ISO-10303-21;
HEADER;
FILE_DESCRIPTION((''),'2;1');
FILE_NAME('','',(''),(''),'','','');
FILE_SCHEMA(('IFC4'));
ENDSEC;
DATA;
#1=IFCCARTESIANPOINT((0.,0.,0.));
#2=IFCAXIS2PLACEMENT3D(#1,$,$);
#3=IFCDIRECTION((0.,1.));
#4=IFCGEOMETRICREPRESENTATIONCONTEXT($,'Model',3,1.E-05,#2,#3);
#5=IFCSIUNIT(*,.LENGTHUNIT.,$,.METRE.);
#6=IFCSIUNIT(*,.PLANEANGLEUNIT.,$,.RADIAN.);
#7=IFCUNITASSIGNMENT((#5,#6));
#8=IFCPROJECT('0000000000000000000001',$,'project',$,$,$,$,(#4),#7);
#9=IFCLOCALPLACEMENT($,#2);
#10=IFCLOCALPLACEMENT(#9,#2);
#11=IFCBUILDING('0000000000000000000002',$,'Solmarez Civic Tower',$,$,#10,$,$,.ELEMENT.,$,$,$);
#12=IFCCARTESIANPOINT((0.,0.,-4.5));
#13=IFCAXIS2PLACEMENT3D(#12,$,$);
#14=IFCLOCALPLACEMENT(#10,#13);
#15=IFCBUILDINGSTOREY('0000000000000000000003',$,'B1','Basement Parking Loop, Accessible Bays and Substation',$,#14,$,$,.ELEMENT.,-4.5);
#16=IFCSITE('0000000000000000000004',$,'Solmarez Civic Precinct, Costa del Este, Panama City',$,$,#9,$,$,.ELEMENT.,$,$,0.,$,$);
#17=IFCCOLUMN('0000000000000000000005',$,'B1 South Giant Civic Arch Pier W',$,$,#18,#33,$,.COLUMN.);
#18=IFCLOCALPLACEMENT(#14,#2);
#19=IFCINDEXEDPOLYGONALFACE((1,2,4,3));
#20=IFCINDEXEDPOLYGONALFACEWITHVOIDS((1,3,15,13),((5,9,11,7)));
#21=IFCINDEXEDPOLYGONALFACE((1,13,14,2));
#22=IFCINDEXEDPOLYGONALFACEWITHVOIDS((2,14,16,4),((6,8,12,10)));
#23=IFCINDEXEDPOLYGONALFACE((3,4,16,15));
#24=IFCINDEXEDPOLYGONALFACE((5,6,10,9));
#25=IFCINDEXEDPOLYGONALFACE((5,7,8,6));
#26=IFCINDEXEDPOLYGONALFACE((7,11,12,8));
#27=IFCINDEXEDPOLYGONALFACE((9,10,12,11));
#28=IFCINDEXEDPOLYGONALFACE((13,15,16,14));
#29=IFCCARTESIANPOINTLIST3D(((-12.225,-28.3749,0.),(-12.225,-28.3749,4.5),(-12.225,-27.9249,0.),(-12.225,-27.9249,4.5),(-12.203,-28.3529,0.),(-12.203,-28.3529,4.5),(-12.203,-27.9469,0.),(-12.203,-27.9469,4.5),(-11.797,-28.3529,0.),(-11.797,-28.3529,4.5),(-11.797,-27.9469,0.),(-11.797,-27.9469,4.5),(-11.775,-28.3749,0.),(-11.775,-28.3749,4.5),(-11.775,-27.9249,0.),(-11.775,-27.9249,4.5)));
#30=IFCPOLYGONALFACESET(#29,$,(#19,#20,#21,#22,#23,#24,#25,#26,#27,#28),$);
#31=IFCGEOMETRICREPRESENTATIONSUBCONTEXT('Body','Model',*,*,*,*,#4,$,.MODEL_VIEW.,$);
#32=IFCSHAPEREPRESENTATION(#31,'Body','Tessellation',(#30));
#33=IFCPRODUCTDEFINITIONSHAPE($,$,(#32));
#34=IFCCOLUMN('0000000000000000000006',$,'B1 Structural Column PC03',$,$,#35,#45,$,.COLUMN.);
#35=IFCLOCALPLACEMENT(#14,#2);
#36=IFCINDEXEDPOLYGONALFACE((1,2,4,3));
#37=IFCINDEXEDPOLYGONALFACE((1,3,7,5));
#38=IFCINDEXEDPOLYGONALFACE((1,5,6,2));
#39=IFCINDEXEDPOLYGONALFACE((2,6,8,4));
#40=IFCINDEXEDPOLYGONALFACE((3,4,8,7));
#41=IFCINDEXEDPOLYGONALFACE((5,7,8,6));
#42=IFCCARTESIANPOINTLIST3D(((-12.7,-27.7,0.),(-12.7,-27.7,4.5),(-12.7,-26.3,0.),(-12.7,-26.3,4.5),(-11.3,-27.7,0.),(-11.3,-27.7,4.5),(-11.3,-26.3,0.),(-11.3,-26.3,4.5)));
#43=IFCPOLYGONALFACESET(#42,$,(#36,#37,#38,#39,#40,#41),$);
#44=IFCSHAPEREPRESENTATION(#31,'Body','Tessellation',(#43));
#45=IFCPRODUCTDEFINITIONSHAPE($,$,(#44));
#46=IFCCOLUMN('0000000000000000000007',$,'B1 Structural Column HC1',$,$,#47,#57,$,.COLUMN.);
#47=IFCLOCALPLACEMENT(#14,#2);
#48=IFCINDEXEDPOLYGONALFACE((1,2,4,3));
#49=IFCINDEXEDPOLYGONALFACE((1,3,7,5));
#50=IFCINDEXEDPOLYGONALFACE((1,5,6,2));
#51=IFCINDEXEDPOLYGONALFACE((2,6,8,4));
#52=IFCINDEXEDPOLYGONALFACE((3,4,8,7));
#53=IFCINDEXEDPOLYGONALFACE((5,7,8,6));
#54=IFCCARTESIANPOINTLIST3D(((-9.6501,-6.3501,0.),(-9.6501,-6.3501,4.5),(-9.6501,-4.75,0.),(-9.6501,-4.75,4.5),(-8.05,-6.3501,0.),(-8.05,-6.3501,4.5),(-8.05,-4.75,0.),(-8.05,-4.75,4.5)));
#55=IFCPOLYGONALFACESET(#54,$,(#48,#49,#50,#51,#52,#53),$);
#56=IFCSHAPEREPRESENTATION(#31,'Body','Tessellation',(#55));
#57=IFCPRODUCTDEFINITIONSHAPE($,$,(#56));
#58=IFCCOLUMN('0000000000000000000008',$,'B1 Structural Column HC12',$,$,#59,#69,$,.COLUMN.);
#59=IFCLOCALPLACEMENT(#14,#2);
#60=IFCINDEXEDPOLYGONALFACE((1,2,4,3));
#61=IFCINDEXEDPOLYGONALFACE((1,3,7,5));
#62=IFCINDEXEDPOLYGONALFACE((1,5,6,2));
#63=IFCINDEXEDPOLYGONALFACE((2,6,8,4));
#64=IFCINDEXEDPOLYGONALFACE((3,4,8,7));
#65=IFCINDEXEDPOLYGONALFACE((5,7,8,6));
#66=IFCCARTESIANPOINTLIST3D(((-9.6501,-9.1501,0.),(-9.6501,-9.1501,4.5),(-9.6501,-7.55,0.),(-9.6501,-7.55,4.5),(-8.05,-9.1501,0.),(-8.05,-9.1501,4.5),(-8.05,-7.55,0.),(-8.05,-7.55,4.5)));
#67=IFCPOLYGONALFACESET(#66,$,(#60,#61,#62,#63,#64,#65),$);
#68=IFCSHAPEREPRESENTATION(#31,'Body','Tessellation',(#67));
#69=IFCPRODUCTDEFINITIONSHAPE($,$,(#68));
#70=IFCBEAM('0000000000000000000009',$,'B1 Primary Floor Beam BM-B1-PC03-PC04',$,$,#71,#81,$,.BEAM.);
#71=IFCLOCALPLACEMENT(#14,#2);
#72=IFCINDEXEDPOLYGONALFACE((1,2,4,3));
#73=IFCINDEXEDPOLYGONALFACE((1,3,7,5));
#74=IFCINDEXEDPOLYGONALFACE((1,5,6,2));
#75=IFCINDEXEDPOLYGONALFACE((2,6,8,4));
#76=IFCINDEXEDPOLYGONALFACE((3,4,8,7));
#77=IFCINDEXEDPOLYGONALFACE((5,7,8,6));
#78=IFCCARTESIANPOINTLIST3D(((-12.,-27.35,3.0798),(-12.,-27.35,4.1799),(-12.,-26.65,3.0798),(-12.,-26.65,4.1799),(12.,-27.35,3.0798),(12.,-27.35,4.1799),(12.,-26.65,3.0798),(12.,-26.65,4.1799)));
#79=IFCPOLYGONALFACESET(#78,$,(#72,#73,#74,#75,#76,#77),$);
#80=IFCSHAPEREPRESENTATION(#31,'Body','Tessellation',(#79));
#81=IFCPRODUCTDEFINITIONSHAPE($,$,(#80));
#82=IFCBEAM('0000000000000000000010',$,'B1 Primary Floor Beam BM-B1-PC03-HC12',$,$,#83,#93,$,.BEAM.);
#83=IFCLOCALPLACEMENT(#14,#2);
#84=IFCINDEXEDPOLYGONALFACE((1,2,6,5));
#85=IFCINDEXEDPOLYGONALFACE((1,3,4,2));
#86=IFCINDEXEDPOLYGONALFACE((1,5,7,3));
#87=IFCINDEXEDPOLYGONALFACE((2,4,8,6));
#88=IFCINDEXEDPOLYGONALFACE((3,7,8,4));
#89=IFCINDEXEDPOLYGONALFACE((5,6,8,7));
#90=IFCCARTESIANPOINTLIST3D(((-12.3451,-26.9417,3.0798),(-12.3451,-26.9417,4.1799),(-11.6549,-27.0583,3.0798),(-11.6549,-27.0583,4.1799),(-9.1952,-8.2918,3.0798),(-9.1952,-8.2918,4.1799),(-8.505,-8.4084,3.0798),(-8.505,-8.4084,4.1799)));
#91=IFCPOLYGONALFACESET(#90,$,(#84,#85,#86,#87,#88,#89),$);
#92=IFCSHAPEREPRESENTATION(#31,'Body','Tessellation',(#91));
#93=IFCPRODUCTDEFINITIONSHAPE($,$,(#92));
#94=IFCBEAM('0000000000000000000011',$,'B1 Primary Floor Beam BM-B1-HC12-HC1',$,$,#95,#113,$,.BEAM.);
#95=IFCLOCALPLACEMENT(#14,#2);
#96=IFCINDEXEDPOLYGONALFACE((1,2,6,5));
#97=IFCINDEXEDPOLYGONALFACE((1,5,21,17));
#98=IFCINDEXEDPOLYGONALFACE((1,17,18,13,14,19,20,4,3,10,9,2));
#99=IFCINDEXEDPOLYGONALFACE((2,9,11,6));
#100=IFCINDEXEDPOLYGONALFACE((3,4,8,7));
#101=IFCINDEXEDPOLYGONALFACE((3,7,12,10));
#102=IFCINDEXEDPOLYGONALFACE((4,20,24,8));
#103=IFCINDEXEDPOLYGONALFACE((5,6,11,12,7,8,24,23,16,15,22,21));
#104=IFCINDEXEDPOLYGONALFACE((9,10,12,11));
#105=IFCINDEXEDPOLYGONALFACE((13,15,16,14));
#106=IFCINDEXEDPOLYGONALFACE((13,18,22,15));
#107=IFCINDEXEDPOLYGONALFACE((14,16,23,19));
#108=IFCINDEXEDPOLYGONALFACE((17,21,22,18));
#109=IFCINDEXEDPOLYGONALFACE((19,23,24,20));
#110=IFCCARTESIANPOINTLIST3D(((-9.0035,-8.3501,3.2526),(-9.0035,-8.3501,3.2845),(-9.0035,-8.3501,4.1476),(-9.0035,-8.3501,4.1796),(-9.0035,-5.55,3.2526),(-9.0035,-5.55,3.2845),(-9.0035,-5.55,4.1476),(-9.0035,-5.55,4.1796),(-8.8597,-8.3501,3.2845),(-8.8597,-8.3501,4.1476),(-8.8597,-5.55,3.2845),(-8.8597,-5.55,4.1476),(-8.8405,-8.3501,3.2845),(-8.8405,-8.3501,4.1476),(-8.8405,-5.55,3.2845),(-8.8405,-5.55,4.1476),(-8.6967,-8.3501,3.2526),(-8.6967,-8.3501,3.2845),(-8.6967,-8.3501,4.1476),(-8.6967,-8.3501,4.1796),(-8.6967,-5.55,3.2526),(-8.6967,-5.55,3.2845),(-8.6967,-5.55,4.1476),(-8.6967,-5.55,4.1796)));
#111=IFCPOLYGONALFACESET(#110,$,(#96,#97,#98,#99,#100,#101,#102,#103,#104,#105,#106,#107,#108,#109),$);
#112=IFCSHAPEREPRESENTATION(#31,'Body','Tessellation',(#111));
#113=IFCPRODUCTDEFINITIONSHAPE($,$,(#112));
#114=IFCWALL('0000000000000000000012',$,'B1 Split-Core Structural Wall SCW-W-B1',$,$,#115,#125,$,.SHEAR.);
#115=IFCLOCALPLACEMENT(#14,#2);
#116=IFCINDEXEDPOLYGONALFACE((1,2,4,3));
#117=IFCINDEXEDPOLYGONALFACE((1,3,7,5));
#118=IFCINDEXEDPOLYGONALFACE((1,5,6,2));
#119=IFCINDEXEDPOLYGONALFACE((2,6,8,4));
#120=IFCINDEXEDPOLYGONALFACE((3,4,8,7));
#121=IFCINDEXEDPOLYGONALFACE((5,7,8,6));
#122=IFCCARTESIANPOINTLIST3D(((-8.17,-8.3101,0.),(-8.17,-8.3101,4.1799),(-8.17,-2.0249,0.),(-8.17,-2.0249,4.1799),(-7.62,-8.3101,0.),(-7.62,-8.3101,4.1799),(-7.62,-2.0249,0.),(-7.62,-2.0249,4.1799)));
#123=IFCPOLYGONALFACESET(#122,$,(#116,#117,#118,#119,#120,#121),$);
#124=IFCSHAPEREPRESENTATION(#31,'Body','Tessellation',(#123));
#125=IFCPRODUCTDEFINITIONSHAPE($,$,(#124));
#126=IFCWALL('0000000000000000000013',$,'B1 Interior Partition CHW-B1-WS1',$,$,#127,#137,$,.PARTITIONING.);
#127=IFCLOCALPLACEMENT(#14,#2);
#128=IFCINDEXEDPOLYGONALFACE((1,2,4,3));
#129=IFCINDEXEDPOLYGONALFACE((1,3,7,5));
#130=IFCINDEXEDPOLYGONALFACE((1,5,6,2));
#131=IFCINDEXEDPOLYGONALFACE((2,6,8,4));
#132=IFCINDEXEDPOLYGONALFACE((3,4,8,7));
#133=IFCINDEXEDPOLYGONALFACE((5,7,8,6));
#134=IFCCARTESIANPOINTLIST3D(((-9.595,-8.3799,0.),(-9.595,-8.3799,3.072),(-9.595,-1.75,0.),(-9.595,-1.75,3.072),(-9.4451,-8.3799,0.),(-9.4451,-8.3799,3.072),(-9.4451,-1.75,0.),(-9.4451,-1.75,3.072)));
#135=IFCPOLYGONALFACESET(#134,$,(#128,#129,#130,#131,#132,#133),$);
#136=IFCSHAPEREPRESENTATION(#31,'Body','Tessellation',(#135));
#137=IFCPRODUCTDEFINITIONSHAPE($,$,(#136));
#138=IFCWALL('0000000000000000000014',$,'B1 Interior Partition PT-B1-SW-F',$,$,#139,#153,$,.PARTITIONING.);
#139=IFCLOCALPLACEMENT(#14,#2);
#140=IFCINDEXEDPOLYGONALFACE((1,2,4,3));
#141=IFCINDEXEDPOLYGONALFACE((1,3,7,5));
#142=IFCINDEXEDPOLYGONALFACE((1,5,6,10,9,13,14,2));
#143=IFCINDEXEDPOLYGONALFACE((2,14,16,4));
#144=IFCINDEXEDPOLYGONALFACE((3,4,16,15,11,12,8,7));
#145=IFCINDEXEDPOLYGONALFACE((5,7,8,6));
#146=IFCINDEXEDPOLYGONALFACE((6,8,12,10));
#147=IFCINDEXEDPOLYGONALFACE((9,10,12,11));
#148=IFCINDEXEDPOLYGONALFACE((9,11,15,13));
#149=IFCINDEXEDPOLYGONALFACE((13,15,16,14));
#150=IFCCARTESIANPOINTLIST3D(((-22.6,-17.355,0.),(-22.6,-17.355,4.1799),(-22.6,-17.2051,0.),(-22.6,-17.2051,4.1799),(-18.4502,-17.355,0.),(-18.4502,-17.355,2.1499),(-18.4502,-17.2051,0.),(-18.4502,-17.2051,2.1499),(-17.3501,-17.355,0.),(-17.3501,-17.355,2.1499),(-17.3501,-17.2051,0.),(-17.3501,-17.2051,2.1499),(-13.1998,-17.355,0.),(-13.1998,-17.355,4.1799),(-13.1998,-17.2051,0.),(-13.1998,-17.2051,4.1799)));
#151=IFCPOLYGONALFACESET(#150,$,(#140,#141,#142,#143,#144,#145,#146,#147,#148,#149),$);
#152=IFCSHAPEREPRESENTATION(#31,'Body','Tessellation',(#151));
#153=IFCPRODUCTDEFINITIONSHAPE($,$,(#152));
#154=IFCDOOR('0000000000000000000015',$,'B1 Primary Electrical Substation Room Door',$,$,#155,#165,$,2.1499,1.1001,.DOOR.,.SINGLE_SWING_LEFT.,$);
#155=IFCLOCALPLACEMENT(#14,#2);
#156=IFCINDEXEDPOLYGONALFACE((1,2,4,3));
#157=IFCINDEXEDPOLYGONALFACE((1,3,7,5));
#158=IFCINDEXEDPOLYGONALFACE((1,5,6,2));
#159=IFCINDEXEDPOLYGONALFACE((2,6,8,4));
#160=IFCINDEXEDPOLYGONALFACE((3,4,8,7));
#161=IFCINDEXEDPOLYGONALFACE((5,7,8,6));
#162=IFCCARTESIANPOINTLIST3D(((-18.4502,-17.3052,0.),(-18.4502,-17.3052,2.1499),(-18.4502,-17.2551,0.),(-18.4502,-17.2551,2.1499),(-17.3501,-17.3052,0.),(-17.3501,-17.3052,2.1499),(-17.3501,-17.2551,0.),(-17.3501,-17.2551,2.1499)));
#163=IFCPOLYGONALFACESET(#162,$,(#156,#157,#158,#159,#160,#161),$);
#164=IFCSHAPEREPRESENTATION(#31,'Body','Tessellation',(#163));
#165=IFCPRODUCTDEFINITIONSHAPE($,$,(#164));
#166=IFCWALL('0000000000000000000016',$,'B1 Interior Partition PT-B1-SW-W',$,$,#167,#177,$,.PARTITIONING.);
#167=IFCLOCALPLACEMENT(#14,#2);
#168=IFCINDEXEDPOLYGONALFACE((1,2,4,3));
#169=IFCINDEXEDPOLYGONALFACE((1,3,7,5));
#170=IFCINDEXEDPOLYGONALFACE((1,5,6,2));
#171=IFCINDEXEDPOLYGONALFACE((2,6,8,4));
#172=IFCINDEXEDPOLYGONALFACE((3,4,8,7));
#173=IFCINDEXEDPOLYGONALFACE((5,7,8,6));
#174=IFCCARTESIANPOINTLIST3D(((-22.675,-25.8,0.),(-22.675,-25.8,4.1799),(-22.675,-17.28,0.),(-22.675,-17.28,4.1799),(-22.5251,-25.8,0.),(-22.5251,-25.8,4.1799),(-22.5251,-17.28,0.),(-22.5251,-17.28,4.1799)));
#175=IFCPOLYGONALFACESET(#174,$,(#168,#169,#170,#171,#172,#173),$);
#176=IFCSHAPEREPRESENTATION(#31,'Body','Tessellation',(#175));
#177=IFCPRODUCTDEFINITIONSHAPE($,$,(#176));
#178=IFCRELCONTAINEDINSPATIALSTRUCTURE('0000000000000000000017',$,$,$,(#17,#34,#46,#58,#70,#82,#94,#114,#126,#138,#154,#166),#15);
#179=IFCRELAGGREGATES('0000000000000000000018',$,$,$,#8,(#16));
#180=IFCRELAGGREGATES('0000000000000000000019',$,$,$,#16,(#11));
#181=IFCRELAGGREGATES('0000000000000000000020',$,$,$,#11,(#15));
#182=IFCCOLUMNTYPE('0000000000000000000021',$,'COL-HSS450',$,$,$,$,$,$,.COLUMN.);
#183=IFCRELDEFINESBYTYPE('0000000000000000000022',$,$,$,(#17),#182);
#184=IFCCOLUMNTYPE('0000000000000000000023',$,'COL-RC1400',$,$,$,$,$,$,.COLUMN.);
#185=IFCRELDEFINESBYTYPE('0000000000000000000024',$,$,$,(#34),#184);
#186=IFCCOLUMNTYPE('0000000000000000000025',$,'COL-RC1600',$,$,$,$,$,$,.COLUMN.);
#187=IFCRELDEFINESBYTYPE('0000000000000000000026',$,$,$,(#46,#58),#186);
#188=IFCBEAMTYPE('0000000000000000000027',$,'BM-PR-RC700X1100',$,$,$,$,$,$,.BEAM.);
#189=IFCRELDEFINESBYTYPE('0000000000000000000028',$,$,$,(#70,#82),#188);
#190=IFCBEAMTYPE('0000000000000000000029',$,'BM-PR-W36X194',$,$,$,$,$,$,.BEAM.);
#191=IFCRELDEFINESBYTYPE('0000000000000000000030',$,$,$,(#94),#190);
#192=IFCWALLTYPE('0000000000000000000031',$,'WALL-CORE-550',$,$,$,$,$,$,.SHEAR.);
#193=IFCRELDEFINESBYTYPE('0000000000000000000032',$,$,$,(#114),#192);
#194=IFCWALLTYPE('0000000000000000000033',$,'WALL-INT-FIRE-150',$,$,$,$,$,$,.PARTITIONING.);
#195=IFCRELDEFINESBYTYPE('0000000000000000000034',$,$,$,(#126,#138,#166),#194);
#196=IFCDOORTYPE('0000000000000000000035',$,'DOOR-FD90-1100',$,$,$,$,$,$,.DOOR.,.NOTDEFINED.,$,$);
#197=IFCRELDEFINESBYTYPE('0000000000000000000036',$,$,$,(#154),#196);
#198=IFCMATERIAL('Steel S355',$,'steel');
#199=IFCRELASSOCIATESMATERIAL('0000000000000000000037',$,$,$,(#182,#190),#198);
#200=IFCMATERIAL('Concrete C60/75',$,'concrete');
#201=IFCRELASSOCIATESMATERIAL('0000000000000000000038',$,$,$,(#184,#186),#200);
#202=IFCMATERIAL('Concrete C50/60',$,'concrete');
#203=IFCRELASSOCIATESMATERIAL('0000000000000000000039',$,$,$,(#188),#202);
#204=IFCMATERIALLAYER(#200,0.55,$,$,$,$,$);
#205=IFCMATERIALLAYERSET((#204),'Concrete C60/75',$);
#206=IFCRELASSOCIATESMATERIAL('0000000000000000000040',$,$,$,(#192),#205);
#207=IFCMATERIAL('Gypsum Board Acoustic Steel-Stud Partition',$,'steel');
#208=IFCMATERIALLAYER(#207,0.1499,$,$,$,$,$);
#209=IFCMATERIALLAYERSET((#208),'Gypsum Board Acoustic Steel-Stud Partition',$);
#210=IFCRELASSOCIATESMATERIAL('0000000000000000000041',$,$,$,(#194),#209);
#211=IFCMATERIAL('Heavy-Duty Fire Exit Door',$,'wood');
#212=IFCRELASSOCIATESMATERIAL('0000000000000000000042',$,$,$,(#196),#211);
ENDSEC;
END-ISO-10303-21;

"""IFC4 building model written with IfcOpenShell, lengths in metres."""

from ifc_helpers import new_model, si_unit, direction, frame, frame_2d, origin, origin_2d, place, context, subcontext, project, spatial, rectangle, hollow_rectangle, i_section, extrude, material, layer, layer_set, material_profile, profile_set, type_object, element, fill, save


model = new_model("IFC4")

# Units and contexts
model_context = context("Model", 3, precision=1e-05, world=origin(), true_north=direction((0.0, 1.0)))
body_context = subcontext(model_context, "Body", "Model", "MODEL_VIEW")
ifc_project = project(units=[si_unit("LENGTHUNIT", "METRE"), si_unit("PLANEANGLEUNIT", "RADIAN")], contexts=[model_context])

# Site, building, storey
site_placement = place(None, origin())
site = spatial("IfcSite", under=ifc_project, at=site_placement, Name="Solmarez Civic Precinct, Costa del Este, Panama City", CompositionType="ELEMENT", RefElevation=0.0)
building_placement = place(site_placement, origin())
building = spatial("IfcBuilding", under=site, at=building_placement, Name="Solmarez Civic Tower", CompositionType="ELEMENT")
storey_placement = place(building_placement, frame((0.0, 0.0, -4.5)))
storey = spatial("IfcBuildingStorey", under=building, at=storey_placement, Name="B1", Description="Basement Parking Loop, Accessible Bays and Substation", CompositionType="ELEMENT", Elevation=-4.5)

# Columns
ifc_material_1 = material(Name="Steel S355", Category="steel")
ifc_material_profile_1 = material_profile(ifc_material_1, hollow_rectangle(XDim=0.45, YDim=0.45, WallThickness=0.022, at=origin_2d()), Name="HSS450X450X22")
ifc_profile_set_1 = profile_set([ifc_material_profile_1], Name="Steel S355")
column_type_1 = type_object("IfcColumnType", Name="COL-HSS450", PredefinedType="COLUMN", material=ifc_profile_set_1)
column_1_placement = place(storey_placement, frame((-12.0, -28.1499, 0.0), z_axis=(0.0, 0.0, 1.0), x_axis=(1.0, 0.0, 0.0)))
element("IfcColumn", 1, at=column_1_placement, inside=storey, type_object=column_type_1, Name="B1 South Giant Civic Arch Pier W", PredefinedType="COLUMN", context=body_context, shape_type="SweptSolid", body=[
    extrude(hollow_rectangle(XDim=0.45, YDim=0.45, WallThickness=0.022, at=origin_2d()), origin(), (0.0, 0.0, 1.0), 4.5),
])
ifc_material_2 = material(Name="Concrete C60/75", Category="concrete")
ifc_material_profile_2 = material_profile(ifc_material_2, rectangle(XDim=1.3999, YDim=1.3999, at=origin_2d()), Name="RC1400X1400")
ifc_profile_set_2 = profile_set([ifc_material_profile_2], Name="Concrete C60/75")
column_type_2 = type_object("IfcColumnType", Name="COL-RC1400", PredefinedType="COLUMN", material=ifc_profile_set_2)
column_2_placement = place(storey_placement, frame((-12.0, -27.0, 0.0), z_axis=(0.0, 0.0, 1.0), x_axis=(1.0, 0.0, 0.0)))
element("IfcColumn", 2, at=column_2_placement, inside=storey, type_object=column_type_2, Name="B1 Structural Column PC03", PredefinedType="COLUMN", context=body_context, shape_type="SweptSolid", body=[
    extrude(rectangle(XDim=1.3999, YDim=1.3999, at=origin_2d()), origin(), (0.0, 0.0, 1.0), 4.5),
])
ifc_material_profile_3 = material_profile(ifc_material_2, rectangle(XDim=1.6001, YDim=1.6001, at=origin_2d()), Name="RC1600X1600")
ifc_profile_set_3 = profile_set([ifc_material_profile_3], Name="Concrete C60/75")
column_type_3 = type_object("IfcColumnType", Name="COL-RC1600", PredefinedType="COLUMN", material=ifc_profile_set_3)
for number, where, z_axis, x_axis, name in (
    (3, (-8.8501, -5.55, 0.0), (0.0, 0.0, 1.0), (1.0, 0.0, 0.0), "B1 Structural Column HC1"),
    (4, (-8.8501, -8.3501, 0.0), (0.0, 0.0, 1.0), (1.0, 0.0, 0.0), "B1 Structural Column HC12"),
):
    element("IfcColumn", number, at=place(storey_placement, frame(where, z_axis=z_axis, x_axis=x_axis)), inside=storey, type_object=column_type_3, Name=name, PredefinedType="COLUMN", context=body_context, shape_type="SweptSolid", body=[
        extrude(rectangle(XDim=1.6001, YDim=1.6001, at=origin_2d()), origin(), (0.0, 0.0, 1.0), 4.5),
    ])

# Beams
ifc_material_3 = material(Name="Concrete C50/60", Category="concrete")
ifc_material_profile_4 = material_profile(ifc_material_3, rectangle(XDim=0.7, YDim=1.1001, at=origin_2d()), Name="RC700X1100")
ifc_profile_set_4 = profile_set([ifc_material_profile_4], Name="Concrete C50/60")
beam_type_1 = type_object("IfcBeamType", Name="BM-PR-RC700X1100", PredefinedType="BEAM", material=ifc_profile_set_4)
beam_1_placement = place(storey_placement, frame((-12.0, -27.0, 3.6299), z_axis=(1.0, 0.0, 0.0), x_axis=(0.0, 1.0, 0.0)))
element("IfcBeam", 5, at=beam_1_placement, inside=storey, type_object=beam_type_1, Name="B1 Primary Floor Beam BM-B1-PC03-PC04", PredefinedType="BEAM", context=body_context, shape_type="SweptSolid", body=[
    extrude(rectangle(XDim=0.7, YDim=1.1001, at=origin_2d()), origin(), (0.0, 0.0, 1.0), 24.0),
])
beam_2_placement = place(storey_placement, frame((-12.0, -27.0, 3.6299), z_axis=(0.166538, 0.986035, 0.0), x_axis=(-0.986035, 0.166538, 0.0)))
element("IfcBeam", 6, at=beam_2_placement, inside=storey, type_object=beam_type_1, Name="B1 Primary Floor Beam BM-B1-PC03-HC12", PredefinedType="BEAM", context=body_context, shape_type="SweptSolid", body=[
    extrude(rectangle(XDim=0.7, YDim=1.1001, at=origin_2d()), origin(), (0.0, 0.0, 1.0), 18.9141),
])
ifc_material_profile_5 = material_profile(ifc_material_1, i_section(OverallWidth=0.3069, OverallDepth=0.927, WebThickness=0.0193, FlangeThickness=0.032, at=origin_2d()), Name="W36X194")
ifc_profile_set_5 = profile_set([ifc_material_profile_5], Name="Steel S355")
beam_type_2 = type_object("IfcBeamType", Name="BM-PR-W36X194", PredefinedType="BEAM", material=ifc_profile_set_5)
beam_3_placement = place(storey_placement, frame((-8.8501, -8.3501, 3.7161), z_axis=(0.0, 1.0, 0.0), x_axis=(-1.0, 0.0, 0.0)))
element("IfcBeam", 7, at=beam_3_placement, inside=storey, type_object=beam_type_2, Name="B1 Primary Floor Beam BM-B1-HC12-HC1", PredefinedType="BEAM", context=body_context, shape_type="SweptSolid", body=[
    extrude(i_section(OverallWidth=0.3069, OverallDepth=0.927, WebThickness=0.0193, FlangeThickness=0.032, at=origin_2d()), origin(), (0.0, 0.0, 1.0), 2.8),
])

# Walls
ifc_layer_1 = layer(ifc_material_2, 0.55)
ifc_layer_set_1 = layer_set([ifc_layer_1], Name="Concrete C60/75")
wall_type_1 = type_object("IfcWallType", Name="WALL-CORE-550", PredefinedType="SHEAR", material=ifc_layer_set_1)
wall_1_placement = place(storey_placement, frame((-7.895, -8.3101, 0.0), z_axis=(0.0, 0.0, 1.0), x_axis=(0.0, 1.0, 0.0)))
element("IfcWall", 8, at=wall_1_placement, inside=storey, type_object=wall_type_1, Name="B1 Split-Core Structural Wall SCW-W-B1", PredefinedType="SHEAR", context=body_context, shape_type="SweptSolid", body=[
    extrude(rectangle(XDim=6.2852, YDim=0.55, at=frame_2d((3.1426, 0.0))), origin(), (0.0, 0.0, 1.0), 4.1799),
])
ifc_material_4 = material(Name="Gypsum Board Acoustic Steel-Stud Partition", Category="steel")
ifc_layer_2 = layer(ifc_material_4, 0.1499)
ifc_layer_set_2 = layer_set([ifc_layer_2], Name="Gypsum Board Acoustic Steel-Stud Partition")
wall_type_2 = type_object("IfcWallType", Name="WALL-INT-FIRE-150", PredefinedType="PARTITIONING", material=ifc_layer_set_2)
wall_2_placement = place(storey_placement, frame((-9.52, -8.3799, 0.0), z_axis=(0.0, 0.0, 1.0), x_axis=(0.0, 1.0, 0.0)))
element("IfcWall", 9, at=wall_2_placement, inside=storey, type_object=wall_type_2, Name="B1 Interior Partition CHW-B1-WS1", PredefinedType="PARTITIONING", context=body_context, shape_type="SweptSolid", body=[
    extrude(rectangle(XDim=6.6299, YDim=0.1499, at=frame_2d((3.3149, 0.0))), origin(), (0.0, 0.0, 1.0), 3.072),
])

# Wall, opening, door
wall_3_placement = place(storey_placement, frame((-22.6001, -17.28, 0.0), z_axis=(0.0, 0.0, 1.0), x_axis=(1.0, 0.0, 0.0)))
wall_3 = element("IfcWall", 10, at=wall_3_placement, inside=storey, type_object=wall_type_2, Name="B1 Interior Partition PT-B1-SW-F", PredefinedType="PARTITIONING", context=body_context, shape_type="SweptSolid", body=[
    extrude(rectangle(XDim=9.4001, YDim=0.1499, at=frame_2d((4.7002, 0.0))), origin(), (0.0, 0.0, 1.0), 4.1799),
])
opening_placement = place(wall_3_placement, frame((4.1499, 0.0, 0.0)))
opening = element("IfcOpeningElement", 11, at=opening_placement, cuts=wall_3, PredefinedType="OPENING", context=body_context, shape_type="SweptSolid", body=[
    extrude(rectangle(XDim=1.1001, YDim=2.1499, at=frame_2d((0.55, 1.075))), frame((0.0, 0.085, 0.0), z_axis=(0.0, -1.0, 0.0), x_axis=(1.0, 0.0, 0.0)), (0.0, 0.0, 1.0), 0.1699),
])
ifc_material_5 = material(Name="Heavy-Duty Fire Exit Door", Category="wood")
door_type = type_object("IfcDoorType", Name="DOOR-FD90-1100", OperationType="NOTDEFINED", PredefinedType="DOOR", material=ifc_material_5)
door_placement = place(opening_placement, origin())
door = element("IfcDoor", 12, at=door_placement, inside=storey, type_object=door_type, Name="B1 Primary Electrical Substation Room Door", OperationType="SINGLE_SWING_LEFT", OverallHeight=2.1499, OverallWidth=1.1001, PredefinedType="DOOR", context=body_context, shape_type="SweptSolid", body=[
    extrude(rectangle(XDim=1.1001, YDim=2.1499, at=frame_2d((0.55, 1.075))), frame((0.0, 0.0249, 0.0), z_axis=(0.0, -1.0, 0.0), x_axis=(1.0, 0.0, 0.0)), (0.0, 0.0, 1.0), 0.05),
])
fill(opening, door)

# Wall
for number, where, z_axis, x_axis, name in (
    (13, (-22.6001, -25.8, 0.0), (0.0, 0.0, 1.0), (0.0, 1.0, 0.0), "B1 Interior Partition PT-B1-SW-W"),
):
    element("IfcWall", number, at=place(storey_placement, frame(where, z_axis=z_axis, x_axis=x_axis)), inside=storey, type_object=wall_type_2, Name=name, PredefinedType="PARTITIONING", context=body_context, shape_type="SweptSolid", body=[
        extrude(rectangle(XDim=8.52, YDim=0.1499, at=frame_2d((4.26, 0.0))), origin(), (0.0, 0.0, 1.0), 4.1799),
    ])

save(model, "model.ifc")
